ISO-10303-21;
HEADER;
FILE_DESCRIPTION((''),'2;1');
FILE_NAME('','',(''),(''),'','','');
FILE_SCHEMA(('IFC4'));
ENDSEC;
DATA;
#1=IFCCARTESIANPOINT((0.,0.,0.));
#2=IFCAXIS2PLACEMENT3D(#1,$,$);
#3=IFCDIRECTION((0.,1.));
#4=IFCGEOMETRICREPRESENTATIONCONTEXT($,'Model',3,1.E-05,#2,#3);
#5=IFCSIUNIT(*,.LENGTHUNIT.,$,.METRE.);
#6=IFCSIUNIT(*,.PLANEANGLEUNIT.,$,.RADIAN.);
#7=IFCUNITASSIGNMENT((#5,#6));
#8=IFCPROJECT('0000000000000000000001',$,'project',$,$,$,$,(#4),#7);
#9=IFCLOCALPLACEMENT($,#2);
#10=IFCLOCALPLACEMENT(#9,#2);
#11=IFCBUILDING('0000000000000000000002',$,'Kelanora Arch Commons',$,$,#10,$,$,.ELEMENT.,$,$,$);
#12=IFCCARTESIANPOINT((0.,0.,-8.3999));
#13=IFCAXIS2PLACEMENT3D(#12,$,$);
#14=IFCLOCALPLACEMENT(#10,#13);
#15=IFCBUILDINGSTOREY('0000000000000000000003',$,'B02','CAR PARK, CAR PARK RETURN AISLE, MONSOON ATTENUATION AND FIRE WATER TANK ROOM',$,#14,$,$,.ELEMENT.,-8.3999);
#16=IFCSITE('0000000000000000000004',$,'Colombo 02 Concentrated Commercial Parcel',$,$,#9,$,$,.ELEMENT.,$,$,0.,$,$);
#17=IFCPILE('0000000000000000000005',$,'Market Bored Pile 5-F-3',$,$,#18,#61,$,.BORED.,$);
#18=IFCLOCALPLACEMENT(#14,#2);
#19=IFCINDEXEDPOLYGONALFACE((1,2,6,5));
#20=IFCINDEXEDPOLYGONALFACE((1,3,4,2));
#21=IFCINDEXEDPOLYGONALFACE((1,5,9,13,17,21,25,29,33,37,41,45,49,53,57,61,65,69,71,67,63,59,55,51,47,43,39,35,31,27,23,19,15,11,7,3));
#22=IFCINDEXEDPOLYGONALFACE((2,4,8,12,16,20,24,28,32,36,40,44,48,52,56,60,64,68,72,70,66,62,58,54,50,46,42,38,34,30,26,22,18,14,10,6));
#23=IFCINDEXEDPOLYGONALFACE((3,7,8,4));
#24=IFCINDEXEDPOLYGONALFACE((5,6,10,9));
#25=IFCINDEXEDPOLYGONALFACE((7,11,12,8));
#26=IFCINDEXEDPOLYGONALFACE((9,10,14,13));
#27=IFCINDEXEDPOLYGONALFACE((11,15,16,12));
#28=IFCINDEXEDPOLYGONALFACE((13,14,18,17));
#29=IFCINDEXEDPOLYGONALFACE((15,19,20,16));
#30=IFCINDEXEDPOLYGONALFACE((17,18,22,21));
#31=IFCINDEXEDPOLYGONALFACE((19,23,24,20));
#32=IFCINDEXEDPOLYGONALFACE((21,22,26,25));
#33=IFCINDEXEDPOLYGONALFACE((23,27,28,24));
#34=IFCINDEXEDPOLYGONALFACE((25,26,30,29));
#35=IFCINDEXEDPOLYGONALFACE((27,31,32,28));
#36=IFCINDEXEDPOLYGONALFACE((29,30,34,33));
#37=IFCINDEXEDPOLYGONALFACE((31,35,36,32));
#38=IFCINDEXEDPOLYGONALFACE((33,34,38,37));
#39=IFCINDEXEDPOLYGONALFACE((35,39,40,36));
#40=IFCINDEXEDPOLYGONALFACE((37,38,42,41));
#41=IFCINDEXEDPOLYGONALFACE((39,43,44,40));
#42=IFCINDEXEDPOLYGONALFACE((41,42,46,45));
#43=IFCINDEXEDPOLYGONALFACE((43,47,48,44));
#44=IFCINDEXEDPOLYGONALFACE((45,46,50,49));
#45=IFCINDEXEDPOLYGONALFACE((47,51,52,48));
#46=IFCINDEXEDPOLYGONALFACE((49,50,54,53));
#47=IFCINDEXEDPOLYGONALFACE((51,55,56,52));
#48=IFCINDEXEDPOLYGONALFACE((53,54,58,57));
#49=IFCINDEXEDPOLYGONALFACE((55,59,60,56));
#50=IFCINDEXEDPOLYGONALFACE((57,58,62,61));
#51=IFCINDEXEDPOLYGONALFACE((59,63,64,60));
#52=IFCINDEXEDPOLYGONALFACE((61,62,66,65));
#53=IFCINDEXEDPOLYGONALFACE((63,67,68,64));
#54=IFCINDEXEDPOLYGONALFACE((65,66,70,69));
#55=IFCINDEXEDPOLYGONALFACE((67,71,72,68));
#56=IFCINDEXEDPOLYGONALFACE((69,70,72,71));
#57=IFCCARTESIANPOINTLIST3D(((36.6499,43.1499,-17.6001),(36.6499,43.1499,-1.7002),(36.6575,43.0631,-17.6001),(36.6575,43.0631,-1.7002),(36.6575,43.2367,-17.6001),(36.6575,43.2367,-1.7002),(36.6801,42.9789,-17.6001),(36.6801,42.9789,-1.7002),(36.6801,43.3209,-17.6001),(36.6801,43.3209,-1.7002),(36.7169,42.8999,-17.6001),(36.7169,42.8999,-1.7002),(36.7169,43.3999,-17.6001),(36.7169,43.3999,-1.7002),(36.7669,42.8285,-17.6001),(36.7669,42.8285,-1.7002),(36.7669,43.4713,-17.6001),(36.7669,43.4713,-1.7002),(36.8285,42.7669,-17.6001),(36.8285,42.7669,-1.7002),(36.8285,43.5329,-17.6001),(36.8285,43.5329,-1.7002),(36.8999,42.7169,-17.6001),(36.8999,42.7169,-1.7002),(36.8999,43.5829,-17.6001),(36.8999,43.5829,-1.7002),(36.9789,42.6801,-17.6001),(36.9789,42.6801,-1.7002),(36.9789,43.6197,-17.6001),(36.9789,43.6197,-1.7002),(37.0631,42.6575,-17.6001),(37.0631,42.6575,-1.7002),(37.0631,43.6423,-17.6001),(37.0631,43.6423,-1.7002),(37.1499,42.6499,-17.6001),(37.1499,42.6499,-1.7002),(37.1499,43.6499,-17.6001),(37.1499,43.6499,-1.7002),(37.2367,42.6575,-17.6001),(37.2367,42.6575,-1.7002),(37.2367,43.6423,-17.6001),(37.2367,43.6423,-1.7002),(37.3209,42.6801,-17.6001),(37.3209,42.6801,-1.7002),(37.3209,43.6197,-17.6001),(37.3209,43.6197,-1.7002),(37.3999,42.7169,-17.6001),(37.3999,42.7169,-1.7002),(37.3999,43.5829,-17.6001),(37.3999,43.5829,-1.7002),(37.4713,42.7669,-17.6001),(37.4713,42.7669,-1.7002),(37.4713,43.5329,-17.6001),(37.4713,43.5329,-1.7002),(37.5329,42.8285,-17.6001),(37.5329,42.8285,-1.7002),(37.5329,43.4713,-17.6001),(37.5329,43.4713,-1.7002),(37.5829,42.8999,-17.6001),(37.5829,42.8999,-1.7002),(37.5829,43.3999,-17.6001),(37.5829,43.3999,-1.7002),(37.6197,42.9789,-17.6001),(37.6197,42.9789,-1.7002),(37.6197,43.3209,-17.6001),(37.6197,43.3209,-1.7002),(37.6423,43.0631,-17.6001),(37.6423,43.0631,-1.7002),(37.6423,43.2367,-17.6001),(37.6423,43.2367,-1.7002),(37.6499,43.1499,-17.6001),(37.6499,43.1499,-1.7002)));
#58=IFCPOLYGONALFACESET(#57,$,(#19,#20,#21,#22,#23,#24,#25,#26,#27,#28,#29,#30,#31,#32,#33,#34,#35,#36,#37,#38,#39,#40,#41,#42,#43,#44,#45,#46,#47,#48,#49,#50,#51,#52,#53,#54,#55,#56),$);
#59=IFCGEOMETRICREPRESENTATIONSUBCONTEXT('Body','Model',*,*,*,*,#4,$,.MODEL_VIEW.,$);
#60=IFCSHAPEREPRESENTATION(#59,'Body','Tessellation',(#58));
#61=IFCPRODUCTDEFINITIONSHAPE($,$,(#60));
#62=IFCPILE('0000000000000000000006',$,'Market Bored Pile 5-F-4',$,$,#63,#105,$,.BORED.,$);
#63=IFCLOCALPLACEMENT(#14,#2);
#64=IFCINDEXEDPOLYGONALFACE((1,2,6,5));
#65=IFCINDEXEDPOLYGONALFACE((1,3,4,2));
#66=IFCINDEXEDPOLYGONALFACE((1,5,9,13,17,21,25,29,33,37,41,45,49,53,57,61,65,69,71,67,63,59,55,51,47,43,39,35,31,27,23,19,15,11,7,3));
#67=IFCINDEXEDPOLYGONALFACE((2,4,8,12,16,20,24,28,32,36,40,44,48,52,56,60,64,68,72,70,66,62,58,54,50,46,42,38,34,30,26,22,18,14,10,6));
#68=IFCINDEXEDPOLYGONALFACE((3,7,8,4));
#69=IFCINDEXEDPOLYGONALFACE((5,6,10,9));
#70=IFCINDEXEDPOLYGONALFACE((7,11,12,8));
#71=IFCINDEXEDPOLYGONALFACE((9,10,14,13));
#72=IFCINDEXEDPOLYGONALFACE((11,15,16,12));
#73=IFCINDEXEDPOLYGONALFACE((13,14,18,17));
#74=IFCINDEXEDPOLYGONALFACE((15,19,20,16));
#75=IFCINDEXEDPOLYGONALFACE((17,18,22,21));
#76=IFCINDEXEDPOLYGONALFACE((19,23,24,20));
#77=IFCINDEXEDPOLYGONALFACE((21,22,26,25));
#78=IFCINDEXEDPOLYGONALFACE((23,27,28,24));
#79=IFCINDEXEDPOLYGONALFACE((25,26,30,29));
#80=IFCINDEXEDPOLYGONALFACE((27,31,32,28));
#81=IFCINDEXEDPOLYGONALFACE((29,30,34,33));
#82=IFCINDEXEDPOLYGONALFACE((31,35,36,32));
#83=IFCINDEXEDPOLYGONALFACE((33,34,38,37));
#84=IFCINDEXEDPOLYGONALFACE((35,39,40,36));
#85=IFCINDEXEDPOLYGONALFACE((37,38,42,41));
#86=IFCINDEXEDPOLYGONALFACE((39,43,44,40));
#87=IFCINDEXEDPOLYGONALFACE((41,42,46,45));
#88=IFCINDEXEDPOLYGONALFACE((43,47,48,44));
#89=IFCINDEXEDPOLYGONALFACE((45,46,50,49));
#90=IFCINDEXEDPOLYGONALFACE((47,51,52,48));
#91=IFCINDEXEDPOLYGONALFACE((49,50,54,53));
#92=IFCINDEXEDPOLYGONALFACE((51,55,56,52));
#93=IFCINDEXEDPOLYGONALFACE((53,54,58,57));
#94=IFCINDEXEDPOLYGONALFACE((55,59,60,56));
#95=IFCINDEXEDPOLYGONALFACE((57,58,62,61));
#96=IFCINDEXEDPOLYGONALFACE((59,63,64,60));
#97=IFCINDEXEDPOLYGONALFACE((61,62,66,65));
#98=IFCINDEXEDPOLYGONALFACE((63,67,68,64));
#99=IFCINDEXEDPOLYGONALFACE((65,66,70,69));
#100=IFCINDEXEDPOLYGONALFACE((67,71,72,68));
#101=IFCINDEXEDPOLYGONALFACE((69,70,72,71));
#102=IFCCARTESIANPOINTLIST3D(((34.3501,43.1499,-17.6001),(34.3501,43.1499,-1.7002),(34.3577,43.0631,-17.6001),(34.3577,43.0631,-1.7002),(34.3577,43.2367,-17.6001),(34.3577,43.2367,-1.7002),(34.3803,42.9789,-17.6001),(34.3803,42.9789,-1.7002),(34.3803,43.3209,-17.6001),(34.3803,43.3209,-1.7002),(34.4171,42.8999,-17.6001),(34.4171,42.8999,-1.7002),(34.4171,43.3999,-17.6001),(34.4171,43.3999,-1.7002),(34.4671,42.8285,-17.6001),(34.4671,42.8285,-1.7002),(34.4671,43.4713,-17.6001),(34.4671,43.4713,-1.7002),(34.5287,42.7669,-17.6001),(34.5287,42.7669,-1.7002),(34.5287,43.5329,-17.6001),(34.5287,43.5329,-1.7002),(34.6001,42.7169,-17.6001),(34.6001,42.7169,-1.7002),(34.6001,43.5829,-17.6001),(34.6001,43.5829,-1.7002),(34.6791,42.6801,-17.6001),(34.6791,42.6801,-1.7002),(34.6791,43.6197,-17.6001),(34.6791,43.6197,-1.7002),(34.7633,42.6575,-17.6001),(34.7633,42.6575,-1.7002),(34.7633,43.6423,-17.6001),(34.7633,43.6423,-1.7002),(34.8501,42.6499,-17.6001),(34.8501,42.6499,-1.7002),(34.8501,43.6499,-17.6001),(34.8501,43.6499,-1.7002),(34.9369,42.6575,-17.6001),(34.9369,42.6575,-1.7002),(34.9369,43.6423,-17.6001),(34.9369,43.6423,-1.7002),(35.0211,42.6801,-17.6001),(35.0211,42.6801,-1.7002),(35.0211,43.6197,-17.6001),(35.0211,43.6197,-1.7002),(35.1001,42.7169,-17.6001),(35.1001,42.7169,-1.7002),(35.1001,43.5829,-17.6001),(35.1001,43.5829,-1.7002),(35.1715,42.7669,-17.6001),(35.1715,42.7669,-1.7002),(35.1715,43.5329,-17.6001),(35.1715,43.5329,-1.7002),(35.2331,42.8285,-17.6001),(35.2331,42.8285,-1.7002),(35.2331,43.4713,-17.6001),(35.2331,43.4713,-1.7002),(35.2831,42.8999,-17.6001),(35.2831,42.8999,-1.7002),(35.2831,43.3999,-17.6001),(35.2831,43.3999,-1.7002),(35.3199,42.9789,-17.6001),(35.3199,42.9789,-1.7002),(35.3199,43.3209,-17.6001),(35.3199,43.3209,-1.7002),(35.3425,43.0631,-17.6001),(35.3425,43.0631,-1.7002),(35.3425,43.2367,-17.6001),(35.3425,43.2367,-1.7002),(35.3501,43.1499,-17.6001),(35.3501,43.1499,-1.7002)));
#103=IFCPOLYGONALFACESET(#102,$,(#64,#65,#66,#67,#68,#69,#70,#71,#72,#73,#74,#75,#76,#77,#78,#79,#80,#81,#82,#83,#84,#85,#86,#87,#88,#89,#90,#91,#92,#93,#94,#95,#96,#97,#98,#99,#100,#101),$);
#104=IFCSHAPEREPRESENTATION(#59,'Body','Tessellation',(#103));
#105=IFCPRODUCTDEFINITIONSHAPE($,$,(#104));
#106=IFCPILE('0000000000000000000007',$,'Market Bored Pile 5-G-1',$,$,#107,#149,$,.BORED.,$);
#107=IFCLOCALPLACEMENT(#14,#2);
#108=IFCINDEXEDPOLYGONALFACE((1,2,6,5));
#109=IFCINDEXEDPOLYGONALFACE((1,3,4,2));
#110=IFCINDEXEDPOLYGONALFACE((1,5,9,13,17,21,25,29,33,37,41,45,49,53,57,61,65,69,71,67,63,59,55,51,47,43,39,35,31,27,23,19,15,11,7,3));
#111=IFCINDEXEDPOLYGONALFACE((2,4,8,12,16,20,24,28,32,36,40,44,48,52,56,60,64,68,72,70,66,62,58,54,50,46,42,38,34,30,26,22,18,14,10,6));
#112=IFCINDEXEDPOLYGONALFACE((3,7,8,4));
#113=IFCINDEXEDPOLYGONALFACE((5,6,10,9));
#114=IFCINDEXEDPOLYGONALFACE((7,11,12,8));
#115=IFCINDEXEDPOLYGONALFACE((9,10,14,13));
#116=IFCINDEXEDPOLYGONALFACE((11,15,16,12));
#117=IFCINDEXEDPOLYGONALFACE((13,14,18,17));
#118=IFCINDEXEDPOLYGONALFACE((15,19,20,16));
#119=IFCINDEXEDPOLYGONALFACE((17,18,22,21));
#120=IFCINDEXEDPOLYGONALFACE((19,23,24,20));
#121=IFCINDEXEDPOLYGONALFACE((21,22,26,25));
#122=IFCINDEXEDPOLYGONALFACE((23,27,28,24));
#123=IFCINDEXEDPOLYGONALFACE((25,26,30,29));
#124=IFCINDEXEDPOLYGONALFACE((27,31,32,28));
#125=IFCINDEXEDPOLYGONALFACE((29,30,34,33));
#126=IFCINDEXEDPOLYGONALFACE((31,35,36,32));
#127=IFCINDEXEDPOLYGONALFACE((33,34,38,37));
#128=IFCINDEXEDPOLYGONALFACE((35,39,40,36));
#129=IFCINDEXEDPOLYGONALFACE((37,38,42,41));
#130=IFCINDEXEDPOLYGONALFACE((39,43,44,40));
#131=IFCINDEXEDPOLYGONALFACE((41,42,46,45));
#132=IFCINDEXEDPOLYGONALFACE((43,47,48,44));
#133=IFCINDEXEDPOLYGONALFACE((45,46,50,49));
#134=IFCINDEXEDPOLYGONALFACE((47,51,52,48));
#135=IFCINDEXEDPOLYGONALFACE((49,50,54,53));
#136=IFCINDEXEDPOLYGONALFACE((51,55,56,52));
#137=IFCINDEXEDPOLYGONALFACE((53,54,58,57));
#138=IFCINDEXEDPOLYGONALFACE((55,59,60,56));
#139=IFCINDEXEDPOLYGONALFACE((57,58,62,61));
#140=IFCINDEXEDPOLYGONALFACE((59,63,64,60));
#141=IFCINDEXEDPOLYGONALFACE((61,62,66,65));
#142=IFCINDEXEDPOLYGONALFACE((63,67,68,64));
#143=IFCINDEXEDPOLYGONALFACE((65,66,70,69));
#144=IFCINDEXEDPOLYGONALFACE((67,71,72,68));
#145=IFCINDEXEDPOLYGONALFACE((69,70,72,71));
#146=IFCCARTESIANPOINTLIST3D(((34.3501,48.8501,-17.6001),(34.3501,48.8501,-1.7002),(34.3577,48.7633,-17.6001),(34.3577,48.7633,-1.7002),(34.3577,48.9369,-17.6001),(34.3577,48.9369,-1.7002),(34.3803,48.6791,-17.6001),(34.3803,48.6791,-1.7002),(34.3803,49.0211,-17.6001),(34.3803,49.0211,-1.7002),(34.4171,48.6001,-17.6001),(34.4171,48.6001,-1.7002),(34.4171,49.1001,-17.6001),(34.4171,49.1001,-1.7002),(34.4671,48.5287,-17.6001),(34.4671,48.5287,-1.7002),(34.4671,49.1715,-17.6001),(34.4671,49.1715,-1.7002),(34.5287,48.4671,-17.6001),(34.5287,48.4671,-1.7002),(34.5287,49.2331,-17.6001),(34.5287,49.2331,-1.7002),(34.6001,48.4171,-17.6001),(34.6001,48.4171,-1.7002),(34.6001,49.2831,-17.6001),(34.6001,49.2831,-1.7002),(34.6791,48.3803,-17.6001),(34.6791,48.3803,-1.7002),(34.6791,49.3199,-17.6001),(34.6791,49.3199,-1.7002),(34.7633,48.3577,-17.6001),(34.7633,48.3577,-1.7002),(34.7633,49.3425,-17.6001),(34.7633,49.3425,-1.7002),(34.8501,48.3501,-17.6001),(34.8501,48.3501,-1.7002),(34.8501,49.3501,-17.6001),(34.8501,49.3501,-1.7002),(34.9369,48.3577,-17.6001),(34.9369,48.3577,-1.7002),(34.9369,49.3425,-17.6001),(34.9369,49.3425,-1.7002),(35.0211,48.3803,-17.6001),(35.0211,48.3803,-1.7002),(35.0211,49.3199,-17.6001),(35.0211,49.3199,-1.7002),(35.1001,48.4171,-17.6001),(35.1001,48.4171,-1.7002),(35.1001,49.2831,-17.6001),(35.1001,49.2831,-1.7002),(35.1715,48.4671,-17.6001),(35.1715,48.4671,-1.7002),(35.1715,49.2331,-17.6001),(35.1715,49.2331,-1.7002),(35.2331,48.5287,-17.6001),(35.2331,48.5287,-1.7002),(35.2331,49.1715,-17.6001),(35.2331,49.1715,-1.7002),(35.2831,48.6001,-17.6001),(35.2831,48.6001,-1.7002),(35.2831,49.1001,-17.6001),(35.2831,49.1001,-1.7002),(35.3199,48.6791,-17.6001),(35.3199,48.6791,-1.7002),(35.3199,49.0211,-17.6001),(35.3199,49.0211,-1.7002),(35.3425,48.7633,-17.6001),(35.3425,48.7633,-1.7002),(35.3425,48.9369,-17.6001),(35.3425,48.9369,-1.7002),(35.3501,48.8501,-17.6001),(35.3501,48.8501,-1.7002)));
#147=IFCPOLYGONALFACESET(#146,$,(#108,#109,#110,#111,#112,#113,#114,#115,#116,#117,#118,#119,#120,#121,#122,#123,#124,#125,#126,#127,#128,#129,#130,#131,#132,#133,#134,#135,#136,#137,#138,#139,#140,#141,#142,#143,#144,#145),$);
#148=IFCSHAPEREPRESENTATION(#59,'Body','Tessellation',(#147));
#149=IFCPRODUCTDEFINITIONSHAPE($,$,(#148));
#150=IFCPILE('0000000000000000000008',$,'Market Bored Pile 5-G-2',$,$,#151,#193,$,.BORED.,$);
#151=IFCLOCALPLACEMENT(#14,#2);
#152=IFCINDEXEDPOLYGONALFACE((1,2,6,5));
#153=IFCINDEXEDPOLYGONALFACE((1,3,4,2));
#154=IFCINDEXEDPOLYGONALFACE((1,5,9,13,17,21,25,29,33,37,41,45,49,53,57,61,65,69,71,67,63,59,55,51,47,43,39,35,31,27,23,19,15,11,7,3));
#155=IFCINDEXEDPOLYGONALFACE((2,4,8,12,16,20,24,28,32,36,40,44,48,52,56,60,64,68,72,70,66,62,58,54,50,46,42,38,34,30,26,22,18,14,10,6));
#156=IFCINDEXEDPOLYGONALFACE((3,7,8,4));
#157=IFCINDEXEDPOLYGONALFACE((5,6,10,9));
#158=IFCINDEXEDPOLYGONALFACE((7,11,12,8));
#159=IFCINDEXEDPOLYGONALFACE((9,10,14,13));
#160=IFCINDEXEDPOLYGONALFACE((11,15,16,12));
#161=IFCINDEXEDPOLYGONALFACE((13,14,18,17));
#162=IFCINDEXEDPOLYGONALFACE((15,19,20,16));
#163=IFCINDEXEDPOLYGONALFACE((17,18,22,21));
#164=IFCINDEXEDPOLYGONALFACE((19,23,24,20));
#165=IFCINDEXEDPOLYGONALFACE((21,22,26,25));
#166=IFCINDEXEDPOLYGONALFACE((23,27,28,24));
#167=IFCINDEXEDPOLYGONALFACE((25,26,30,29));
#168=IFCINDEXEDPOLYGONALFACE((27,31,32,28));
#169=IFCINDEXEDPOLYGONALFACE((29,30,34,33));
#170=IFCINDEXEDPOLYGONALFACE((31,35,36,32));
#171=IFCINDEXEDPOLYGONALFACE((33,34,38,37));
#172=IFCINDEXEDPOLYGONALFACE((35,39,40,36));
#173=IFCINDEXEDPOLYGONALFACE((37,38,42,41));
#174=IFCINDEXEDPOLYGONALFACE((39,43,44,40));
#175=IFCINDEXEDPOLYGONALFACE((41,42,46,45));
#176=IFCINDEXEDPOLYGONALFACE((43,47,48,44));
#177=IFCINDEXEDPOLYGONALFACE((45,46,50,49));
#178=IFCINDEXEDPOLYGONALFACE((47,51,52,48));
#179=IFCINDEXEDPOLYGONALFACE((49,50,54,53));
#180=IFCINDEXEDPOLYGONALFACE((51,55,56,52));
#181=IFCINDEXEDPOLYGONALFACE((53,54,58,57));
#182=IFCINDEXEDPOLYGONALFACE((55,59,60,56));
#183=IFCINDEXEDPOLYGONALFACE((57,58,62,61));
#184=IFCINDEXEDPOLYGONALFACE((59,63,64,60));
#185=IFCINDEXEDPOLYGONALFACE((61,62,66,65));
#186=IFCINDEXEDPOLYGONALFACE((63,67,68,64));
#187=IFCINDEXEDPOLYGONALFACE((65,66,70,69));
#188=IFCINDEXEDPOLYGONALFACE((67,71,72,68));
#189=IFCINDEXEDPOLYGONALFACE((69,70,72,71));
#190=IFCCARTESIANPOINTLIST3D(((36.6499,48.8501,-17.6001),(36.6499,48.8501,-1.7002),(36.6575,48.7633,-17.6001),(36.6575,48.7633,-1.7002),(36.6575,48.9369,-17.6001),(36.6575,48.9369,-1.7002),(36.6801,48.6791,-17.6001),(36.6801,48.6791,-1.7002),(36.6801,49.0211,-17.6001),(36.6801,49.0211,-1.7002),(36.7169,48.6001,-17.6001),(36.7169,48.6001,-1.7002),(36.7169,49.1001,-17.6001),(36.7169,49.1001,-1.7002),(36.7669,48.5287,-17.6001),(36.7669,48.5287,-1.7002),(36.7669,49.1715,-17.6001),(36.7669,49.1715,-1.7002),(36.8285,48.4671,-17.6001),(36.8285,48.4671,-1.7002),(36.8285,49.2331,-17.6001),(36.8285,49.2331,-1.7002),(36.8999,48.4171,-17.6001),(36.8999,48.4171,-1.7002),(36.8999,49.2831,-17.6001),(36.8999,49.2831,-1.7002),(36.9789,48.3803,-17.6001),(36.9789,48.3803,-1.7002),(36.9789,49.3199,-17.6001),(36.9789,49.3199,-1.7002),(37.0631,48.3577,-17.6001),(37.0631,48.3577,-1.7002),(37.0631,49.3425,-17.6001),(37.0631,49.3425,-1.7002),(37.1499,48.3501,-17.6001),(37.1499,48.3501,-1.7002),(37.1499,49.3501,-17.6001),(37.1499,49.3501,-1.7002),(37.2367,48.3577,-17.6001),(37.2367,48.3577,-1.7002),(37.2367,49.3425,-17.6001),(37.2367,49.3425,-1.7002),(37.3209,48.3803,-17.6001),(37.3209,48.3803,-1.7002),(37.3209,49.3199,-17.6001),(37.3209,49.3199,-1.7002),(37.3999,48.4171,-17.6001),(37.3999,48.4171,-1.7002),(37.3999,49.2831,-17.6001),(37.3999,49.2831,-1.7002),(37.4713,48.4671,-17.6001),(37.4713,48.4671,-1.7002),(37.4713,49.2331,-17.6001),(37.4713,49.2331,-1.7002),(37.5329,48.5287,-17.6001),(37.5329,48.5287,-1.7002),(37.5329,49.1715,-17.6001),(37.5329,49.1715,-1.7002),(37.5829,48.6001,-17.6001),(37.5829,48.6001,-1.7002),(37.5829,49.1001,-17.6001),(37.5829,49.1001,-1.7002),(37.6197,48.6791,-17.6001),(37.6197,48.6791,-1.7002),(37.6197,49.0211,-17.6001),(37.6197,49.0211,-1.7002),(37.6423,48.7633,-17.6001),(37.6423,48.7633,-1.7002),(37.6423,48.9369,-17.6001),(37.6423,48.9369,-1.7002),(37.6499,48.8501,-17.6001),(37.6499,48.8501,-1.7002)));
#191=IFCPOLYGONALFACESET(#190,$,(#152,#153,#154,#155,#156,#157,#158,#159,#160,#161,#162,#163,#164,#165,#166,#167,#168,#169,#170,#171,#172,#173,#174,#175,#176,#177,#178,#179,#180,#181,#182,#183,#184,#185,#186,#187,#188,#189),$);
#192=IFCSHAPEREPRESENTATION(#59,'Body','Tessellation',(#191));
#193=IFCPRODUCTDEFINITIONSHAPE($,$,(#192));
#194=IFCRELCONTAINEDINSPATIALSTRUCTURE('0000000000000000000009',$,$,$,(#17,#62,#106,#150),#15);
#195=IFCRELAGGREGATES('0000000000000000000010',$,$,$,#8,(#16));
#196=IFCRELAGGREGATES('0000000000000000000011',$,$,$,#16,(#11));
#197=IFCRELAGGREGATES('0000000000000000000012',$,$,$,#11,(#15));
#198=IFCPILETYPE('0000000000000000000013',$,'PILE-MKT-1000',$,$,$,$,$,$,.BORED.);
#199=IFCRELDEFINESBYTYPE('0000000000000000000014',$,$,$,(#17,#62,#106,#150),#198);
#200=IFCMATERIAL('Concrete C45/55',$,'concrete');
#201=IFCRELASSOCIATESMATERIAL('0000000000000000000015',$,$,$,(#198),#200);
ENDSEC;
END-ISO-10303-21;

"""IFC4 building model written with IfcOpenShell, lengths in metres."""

from ifc_helpers import new_model, si_unit, direction, frame, origin, origin_2d, place, context, subcontext, project, spatial, circle, extrude, source, transform, mapped, material, material_profile, profile_set, type_object, element, save


model = new_model("IFC4")

# Units and contexts
model_context = context("Model", 3, precision=1e-05, world=origin(), true_north=direction((0.0, 1.0)))
body_context = subcontext(model_context, "Body", "Model", "MODEL_VIEW")
ifc_project = project(units=[si_unit("LENGTHUNIT", "METRE"), si_unit("PLANEANGLEUNIT", "RADIAN")], contexts=[model_context])

# Site, building, storey
site_placement = place(None, origin())
site = spatial("IfcSite", under=ifc_project, at=site_placement, Name="Colombo 02 Concentrated Commercial Parcel", CompositionType="ELEMENT", RefElevation=0.0)
building_placement = place(site_placement, origin())
building = spatial("IfcBuilding", under=site, at=building_placement, Name="Kelanora Arch Commons", CompositionType="ELEMENT")
storey_placement = place(building_placement, frame((0.0, 0.0, -8.3999)))
storey = spatial("IfcBuildingStorey", under=building, at=storey_placement, Name="B02", Description="CAR PARK, CAR PARK RETURN AISLE, MONSOON ATTENUATION AND FIRE WATER TANK ROOM", CompositionType="ELEMENT", Elevation=-8.3999)

# Piles
ifc_material_1 = material(Name="Concrete C45/55", Category="concrete")
ifc_material_profile_1 = material_profile(ifc_material_1, circle(Radius=0.5, at=origin_2d()), Name="PILE1000")
ifc_profile_set_1 = profile_set([ifc_material_profile_1], Name="Concrete C45/55")
pile_type = type_object("IfcPileType", Name="PILE-MKT-1000", PredefinedType="BORED", material=ifc_profile_set_1)
shared_shape_1 = source(origin(), body_context, "Body", "SweptSolid", [
    extrude(circle(Radius=0.5, at=origin_2d()), origin(), (0.0, 0.0, 1.0), 15.8999),
])
for number, where, z_axis, x_axis, name in (
    (1, (37.1499, 43.1499, -1.7002), (0.0, 0.0, -1.0), (1.0, 0.0, 0.0), "Market Bored Pile 5-F-3"),
    (2, (34.8501, 43.1499, -1.7002), (0.0, 0.0, -1.0), (1.0, 0.0, 0.0), "Market Bored Pile 5-F-4"),
    (3, (34.8501, 48.8501, -1.7002), (0.0, 0.0, -1.0), (1.0, 0.0, 0.0), "Market Bored Pile 5-G-1"),
    (4, (37.1499, 48.8501, -1.7002), (0.0, 0.0, -1.0), (1.0, 0.0, 0.0), "Market Bored Pile 5-G-2"),
):
    element("IfcPile", number, at=place(storey_placement, frame(where, z_axis=z_axis, x_axis=x_axis)), inside=storey, type_object=pile_type, Name=name, PredefinedType="BORED", context=body_context, shape_type="MappedRepresentation", body=[
        mapped(shared_shape_1, transform((0.0, 0.0, 0.0), scale=1.0)),
    ])

save(model, "model.ifc")
